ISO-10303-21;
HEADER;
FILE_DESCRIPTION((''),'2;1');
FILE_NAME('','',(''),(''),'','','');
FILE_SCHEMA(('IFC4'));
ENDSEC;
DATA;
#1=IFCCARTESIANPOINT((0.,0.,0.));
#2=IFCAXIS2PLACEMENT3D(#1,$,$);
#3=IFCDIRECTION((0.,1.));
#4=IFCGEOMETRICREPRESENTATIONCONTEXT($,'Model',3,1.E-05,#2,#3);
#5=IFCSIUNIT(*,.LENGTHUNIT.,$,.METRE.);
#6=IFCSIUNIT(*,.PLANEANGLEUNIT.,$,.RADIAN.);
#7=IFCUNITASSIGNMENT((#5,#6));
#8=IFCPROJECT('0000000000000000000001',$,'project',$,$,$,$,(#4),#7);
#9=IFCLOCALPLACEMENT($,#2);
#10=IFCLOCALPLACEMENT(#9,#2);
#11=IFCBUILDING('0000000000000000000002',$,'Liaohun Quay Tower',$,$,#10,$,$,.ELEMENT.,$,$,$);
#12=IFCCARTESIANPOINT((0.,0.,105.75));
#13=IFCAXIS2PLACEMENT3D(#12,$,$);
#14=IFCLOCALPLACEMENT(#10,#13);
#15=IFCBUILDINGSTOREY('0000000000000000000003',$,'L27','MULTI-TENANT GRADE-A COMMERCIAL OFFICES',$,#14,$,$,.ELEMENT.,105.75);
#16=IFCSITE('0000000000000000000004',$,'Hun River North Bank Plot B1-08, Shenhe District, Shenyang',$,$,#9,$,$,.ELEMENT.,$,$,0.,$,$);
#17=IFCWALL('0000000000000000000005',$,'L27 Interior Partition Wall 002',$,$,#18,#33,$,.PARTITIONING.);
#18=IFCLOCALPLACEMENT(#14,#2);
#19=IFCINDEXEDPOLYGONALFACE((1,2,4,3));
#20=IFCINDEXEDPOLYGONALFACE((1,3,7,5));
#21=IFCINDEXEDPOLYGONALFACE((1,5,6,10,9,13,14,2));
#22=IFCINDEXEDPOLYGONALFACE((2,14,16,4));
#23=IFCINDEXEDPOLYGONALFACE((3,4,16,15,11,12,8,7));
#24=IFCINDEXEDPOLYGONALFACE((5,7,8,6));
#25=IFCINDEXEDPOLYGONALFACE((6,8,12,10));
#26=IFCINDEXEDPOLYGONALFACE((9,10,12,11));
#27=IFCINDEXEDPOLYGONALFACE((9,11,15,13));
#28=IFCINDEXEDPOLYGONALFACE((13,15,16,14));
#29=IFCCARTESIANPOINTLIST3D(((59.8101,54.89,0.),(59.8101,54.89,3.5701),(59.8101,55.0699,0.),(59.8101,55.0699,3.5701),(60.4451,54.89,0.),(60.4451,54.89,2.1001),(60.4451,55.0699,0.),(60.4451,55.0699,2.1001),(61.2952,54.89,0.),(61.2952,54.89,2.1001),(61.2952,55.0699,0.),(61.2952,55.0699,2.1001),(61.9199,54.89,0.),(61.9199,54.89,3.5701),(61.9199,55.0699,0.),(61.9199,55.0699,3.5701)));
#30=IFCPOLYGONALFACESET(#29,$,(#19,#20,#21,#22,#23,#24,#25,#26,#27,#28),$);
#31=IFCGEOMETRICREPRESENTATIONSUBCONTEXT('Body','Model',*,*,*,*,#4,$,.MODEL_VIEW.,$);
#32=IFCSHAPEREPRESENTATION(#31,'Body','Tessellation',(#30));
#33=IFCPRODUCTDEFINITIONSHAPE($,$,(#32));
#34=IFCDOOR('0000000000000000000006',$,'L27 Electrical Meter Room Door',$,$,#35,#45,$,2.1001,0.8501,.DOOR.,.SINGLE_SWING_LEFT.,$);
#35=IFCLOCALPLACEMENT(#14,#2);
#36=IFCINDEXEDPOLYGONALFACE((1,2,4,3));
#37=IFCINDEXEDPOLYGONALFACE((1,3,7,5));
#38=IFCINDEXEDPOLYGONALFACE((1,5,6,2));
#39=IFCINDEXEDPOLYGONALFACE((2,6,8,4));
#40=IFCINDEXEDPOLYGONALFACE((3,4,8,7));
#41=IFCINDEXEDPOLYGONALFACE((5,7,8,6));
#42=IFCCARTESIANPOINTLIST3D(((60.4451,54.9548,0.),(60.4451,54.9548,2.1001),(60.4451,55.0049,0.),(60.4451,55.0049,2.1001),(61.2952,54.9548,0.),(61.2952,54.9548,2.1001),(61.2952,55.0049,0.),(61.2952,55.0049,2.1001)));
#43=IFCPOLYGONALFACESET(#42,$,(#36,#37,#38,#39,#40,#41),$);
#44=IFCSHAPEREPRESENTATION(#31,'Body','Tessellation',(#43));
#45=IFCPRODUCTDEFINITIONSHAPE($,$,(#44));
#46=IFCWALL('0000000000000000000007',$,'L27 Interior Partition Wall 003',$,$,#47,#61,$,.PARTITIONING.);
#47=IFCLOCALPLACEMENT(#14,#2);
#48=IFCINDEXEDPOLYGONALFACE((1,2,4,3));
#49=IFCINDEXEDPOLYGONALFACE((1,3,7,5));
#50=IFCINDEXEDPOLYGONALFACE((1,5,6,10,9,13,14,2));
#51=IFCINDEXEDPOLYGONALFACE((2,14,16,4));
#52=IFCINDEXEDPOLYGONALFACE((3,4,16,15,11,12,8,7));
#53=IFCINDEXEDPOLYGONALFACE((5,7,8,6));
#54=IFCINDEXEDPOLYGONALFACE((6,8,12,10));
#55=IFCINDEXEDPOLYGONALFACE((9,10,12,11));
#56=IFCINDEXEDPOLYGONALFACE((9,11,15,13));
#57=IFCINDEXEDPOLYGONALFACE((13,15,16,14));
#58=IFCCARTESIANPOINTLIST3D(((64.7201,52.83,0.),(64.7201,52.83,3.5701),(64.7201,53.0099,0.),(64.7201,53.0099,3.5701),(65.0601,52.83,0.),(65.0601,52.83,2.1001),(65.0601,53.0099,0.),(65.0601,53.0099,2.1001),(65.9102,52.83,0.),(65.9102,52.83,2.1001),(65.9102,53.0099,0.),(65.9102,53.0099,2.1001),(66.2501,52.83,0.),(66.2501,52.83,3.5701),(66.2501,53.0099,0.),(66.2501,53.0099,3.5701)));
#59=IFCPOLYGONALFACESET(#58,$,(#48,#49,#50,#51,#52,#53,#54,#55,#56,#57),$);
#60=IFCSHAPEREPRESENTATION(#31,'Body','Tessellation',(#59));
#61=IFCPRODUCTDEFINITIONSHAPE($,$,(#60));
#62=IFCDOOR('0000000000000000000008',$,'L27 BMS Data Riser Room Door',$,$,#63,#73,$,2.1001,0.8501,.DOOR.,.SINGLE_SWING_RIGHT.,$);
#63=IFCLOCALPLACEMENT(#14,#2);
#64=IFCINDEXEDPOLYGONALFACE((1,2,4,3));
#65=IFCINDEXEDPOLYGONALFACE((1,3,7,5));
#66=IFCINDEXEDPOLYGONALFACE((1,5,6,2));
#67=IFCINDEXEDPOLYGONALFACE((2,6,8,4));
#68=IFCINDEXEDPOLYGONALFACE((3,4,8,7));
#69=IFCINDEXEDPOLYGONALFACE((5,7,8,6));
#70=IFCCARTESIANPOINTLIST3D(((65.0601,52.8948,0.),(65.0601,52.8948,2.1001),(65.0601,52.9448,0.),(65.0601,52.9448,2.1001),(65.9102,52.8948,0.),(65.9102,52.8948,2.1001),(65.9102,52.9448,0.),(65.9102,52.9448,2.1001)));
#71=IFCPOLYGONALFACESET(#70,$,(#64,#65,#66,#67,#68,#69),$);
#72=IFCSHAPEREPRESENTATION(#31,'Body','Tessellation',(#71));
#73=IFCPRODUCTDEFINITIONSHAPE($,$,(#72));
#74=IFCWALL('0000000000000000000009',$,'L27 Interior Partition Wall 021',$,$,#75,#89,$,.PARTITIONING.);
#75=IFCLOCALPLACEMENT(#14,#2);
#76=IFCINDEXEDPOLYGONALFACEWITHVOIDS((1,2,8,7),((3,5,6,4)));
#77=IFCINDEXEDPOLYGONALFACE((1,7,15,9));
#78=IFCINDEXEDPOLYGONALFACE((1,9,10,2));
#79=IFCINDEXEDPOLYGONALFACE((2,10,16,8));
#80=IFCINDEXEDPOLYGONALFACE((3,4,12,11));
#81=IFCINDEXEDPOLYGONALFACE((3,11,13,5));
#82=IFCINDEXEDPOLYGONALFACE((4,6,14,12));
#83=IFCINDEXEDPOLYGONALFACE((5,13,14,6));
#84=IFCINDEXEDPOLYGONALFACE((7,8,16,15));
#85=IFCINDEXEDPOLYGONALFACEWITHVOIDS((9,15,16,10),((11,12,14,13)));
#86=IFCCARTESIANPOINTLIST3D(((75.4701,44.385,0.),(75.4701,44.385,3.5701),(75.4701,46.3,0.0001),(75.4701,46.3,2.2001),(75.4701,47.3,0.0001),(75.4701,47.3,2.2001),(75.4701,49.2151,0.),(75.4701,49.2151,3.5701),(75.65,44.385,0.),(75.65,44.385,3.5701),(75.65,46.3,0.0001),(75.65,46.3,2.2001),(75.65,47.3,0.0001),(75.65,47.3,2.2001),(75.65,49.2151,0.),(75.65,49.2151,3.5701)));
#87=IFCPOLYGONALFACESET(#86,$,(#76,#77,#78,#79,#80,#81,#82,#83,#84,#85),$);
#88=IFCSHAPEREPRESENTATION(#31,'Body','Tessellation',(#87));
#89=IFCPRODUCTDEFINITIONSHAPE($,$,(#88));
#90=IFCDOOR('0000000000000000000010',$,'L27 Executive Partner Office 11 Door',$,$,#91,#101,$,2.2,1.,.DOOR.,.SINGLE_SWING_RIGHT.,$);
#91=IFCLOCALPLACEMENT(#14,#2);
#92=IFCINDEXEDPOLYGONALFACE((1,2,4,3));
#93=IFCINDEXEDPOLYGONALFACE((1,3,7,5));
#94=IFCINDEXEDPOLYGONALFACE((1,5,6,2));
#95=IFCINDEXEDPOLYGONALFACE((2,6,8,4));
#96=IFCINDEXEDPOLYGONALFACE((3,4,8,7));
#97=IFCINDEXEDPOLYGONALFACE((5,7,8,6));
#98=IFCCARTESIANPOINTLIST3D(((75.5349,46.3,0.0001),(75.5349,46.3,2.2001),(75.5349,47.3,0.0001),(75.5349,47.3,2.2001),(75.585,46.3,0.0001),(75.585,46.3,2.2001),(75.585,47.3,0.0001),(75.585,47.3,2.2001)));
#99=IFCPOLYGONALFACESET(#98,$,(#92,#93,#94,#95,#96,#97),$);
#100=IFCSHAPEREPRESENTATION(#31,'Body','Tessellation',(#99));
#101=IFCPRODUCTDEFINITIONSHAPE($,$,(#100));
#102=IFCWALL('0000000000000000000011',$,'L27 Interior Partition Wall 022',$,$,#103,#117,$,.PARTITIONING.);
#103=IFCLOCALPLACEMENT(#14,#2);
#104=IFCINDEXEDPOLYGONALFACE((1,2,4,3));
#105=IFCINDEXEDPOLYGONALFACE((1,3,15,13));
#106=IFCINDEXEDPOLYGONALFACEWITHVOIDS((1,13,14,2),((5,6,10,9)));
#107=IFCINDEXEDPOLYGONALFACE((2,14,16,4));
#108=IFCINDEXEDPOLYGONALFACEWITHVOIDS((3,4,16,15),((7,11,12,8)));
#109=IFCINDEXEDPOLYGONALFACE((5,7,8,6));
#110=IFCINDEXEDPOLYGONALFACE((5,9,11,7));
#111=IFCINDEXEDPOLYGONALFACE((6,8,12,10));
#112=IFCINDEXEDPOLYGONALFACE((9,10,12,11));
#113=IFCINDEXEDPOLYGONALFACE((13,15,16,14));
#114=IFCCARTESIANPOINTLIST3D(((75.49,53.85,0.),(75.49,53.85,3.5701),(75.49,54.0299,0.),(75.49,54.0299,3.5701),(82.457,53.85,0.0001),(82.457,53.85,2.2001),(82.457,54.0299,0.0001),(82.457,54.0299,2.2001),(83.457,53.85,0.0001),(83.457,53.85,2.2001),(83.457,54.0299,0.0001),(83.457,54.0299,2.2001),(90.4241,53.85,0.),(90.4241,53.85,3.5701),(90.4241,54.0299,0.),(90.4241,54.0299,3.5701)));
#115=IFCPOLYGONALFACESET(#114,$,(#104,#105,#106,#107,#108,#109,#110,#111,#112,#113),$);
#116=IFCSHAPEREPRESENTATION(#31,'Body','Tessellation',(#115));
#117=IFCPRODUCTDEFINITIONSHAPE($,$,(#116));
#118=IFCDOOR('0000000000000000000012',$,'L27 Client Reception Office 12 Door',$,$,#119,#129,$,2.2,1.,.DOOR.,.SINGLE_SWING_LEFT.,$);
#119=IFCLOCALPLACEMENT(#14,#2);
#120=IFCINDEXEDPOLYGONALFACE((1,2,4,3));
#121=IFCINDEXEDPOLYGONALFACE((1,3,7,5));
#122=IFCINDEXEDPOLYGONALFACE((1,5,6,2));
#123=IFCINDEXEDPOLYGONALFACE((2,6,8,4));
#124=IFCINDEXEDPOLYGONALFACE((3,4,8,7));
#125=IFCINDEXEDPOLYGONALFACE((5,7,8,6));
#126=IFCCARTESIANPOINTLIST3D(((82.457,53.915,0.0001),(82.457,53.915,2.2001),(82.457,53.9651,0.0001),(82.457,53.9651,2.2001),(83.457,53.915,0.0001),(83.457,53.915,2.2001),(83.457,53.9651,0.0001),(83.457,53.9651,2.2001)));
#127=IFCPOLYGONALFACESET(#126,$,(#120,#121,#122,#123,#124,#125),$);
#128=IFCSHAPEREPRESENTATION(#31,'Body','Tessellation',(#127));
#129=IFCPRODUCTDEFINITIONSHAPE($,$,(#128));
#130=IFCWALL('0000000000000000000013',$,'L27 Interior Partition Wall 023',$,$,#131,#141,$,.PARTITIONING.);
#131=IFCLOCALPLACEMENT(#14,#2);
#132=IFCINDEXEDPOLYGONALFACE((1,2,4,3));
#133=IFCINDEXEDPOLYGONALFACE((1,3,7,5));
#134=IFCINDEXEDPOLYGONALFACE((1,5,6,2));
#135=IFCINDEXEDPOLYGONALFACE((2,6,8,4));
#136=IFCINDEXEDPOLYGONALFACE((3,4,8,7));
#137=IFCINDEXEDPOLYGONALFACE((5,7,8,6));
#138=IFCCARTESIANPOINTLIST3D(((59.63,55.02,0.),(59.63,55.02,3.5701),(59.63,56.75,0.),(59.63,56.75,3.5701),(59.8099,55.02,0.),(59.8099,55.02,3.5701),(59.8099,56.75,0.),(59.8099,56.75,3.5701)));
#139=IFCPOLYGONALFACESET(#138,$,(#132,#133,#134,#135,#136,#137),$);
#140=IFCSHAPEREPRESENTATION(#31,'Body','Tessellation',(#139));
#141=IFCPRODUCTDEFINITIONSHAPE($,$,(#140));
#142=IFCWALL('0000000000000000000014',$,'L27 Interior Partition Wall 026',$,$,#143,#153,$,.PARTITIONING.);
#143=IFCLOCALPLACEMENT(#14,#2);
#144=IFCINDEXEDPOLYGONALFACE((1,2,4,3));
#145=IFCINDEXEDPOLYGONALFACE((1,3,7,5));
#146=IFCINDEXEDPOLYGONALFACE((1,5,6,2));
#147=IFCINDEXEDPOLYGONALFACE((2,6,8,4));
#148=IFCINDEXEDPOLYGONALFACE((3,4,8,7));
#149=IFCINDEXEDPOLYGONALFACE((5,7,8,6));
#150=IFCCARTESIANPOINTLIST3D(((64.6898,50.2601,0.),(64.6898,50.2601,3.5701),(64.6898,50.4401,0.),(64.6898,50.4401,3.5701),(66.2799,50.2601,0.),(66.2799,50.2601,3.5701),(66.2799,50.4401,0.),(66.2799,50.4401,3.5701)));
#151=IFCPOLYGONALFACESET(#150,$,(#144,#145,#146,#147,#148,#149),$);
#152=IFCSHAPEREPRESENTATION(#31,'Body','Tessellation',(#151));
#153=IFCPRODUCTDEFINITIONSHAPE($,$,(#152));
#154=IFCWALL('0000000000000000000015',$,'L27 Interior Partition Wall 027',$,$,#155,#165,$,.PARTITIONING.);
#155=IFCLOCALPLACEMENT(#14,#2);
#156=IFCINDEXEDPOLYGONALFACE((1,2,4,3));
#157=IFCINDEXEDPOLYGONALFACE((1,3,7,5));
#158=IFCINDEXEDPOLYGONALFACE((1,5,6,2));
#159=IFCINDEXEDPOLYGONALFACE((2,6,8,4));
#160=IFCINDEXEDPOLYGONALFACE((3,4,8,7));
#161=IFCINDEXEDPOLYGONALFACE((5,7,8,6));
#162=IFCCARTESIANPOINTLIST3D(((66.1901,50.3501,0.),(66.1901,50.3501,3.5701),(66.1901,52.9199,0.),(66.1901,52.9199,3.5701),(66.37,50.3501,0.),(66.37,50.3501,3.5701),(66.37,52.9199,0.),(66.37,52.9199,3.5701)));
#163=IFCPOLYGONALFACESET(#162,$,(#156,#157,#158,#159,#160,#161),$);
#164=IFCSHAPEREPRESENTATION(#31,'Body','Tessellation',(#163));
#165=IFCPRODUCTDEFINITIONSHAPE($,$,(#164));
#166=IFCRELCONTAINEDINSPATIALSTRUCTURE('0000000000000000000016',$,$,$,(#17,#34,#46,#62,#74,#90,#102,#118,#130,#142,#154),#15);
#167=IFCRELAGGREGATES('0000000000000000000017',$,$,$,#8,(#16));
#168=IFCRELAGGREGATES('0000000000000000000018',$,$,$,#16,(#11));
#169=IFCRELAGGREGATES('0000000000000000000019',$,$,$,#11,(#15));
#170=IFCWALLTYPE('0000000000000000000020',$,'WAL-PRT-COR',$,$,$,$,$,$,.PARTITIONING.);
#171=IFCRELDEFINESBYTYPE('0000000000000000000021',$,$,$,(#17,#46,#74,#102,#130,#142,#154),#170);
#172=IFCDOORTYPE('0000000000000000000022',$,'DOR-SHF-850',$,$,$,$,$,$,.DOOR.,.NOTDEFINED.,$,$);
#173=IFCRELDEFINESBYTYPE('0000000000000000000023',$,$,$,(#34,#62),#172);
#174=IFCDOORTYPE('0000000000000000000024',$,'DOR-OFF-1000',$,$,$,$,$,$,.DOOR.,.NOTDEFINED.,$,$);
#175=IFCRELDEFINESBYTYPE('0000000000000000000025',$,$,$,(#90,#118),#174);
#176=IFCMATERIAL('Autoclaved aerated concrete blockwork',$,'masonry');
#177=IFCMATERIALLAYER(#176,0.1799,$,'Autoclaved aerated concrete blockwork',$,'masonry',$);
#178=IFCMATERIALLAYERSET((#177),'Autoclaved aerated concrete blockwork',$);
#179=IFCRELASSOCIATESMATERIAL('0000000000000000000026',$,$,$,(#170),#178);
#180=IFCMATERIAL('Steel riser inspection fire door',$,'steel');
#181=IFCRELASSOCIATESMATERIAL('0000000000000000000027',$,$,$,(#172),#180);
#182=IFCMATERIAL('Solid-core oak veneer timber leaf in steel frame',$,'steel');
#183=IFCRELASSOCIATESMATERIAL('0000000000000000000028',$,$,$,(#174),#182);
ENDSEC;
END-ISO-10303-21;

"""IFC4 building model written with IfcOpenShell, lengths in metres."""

from ifc_helpers import new_model, si_unit, direction, frame, frame_2d, origin, place, context, subcontext, project, spatial, rectangle, extrude, source, transform, mapped, material, layer, layer_set, type_object, element, fill, save


model = new_model("IFC4")

# Units and contexts
model_context = context("Model", 3, precision=1e-05, world=origin(), true_north=direction((0.0, 1.0)))
body_context = subcontext(model_context, "Body", "Model", "MODEL_VIEW")
ifc_project = project(units=[si_unit("LENGTHUNIT", "METRE"), si_unit("PLANEANGLEUNIT", "RADIAN")], contexts=[model_context])

# Site, building, storey
site_placement = place(None, origin())
site = spatial("IfcSite", under=ifc_project, at=site_placement, Name="Hun River North Bank Plot B1-08, Shenhe District, Shenyang", CompositionType="ELEMENT", RefElevation=0.0)
building_placement = place(site_placement, origin())
building = spatial("IfcBuilding", under=site, at=building_placement, Name="Liaohun Quay Tower", CompositionType="ELEMENT")
storey_placement = place(building_placement, frame((0.0, 0.0, 105.75)))
storey = spatial("IfcBuildingStorey", under=building, at=storey_placement, Name="L27", Description="MULTI-TENANT GRADE-A COMMERCIAL OFFICES", CompositionType="ELEMENT", Elevation=105.75)

# Walls, openings, doors
ifc_material_1 = material(Name="Autoclaved aerated concrete blockwork", Category="masonry")
ifc_layer_1 = layer(ifc_material_1, 0.1799, Name="Autoclaved aerated concrete blockwork", Category="masonry")
ifc_layer_set_1 = layer_set([ifc_layer_1], Name="Autoclaved aerated concrete blockwork")
wall_type_1 = type_object("IfcWallType", Name="WAL-PRT-COR", PredefinedType="PARTITIONING", material=ifc_layer_set_1)
wall_1_placement = place(storey_placement, frame((59.8101, 54.98, 0.0), z_axis=(0.0, 0.0, 1.0), x_axis=(1.0, 0.0, 0.0)))
wall_1 = element("IfcWall", 1, at=wall_1_placement, inside=storey, type_object=wall_type_1, Name="L27 Interior Partition Wall 002", PredefinedType="PARTITIONING", context=body_context, shape_type="SweptSolid", body=[
    extrude(rectangle(XDim=2.1099, YDim=0.1799, at=frame_2d((1.0549, 0.0))), origin(), (0.0, 0.0, 1.0), 3.5701),
])
shared_shape_1 = source(origin(), body_context, "Body", "SweptSolid", [
    extrude(rectangle(XDim=0.8501, YDim=2.1001, at=frame_2d((0.425, 1.05))), frame((0.0, 0.0999, 0.0), z_axis=(0.0, -1.0, 0.0), x_axis=(1.0, 0.0, 0.0)), (0.0, 0.0, 1.0), 0.2),
])
opening_1_placement = place(wall_1_placement, frame((0.635, 0.0, 0.0)))
opening_1 = element("IfcOpeningElement", 2, at=opening_1_placement, cuts=wall_1, PredefinedType="OPENING", context=body_context, shape_type="MappedRepresentation", body=[
    mapped(shared_shape_1, transform((0.0, 0.0, 0.0), x_axis=(1.0, 0.0, 0.0), y_axis=(0.0, 1.0, 0.0), z_axis=(0.0, 0.0, 1.0), scale=1.0)),
])
ifc_material_2 = material(Name="Steel riser inspection fire door", Category="steel")
door_type_1 = type_object("IfcDoorType", Name="DOR-SHF-850", OperationType="NOTDEFINED", PredefinedType="DOOR", material=ifc_material_2)
shared_shape_2 = source(origin(), body_context, "Body", "SweptSolid", [
    extrude(rectangle(XDim=0.8501, YDim=2.1001, at=frame_2d((0.425, 1.05))), frame((0.0, 0.0249, 0.0), z_axis=(0.0, -1.0, 0.0), x_axis=(1.0, 0.0, 0.0)), (0.0, 0.0, 1.0), 0.05),
])
door_1_placement = place(opening_1_placement, origin())
door_1 = element("IfcDoor", 3, at=door_1_placement, inside=storey, type_object=door_type_1, Name="L27 Electrical Meter Room Door", OperationType="SINGLE_SWING_LEFT", OverallHeight=2.1001, OverallWidth=0.8501, PredefinedType="DOOR", context=body_context, shape_type="MappedRepresentation", body=[
    mapped(shared_shape_2, transform((0.0, 0.0, 0.0), x_axis=(1.0, 0.0, 0.0), y_axis=(0.0, 1.0, 0.0), z_axis=(0.0, 0.0, 1.0), scale=1.0)),
])
fill(opening_1, door_1)
wall_2_placement = place(storey_placement, frame((64.72, 52.9199, 0.0), z_axis=(0.0, 0.0, 1.0), x_axis=(1.0, 0.0, 0.0)))
wall_2 = element("IfcWall", 4, at=wall_2_placement, inside=storey, type_object=wall_type_1, Name="L27 Interior Partition Wall 003", PredefinedType="PARTITIONING", context=body_context, shape_type="SweptSolid", body=[
    extrude(rectangle(XDim=1.53, YDim=0.1799, at=frame_2d((0.7651, 0.0))), origin(), (0.0, 0.0, 1.0), 3.5701),
])
opening_2_placement = place(wall_2_placement, frame((0.3401, 0.0, 0.0)))
opening_2 = element("IfcOpeningElement", 5, at=opening_2_placement, cuts=wall_2, PredefinedType="OPENING", context=body_context, shape_type="MappedRepresentation", body=[
    mapped(shared_shape_1, transform((0.0, 0.0, 0.0), x_axis=(1.0, 0.0, 0.0), y_axis=(0.0, 1.0, 0.0), z_axis=(0.0, 0.0, 1.0), scale=1.0)),
])
door_2_placement = place(opening_2_placement, origin())
door_2 = element("IfcDoor", 6, at=door_2_placement, inside=storey, type_object=door_type_1, Name="L27 BMS Data Riser Room Door", OperationType="SINGLE_SWING_RIGHT", OverallHeight=2.1001, OverallWidth=0.8501, PredefinedType="DOOR", context=body_context, shape_type="MappedRepresentation", body=[
    mapped(shared_shape_2, transform((0.0, 0.0, 0.0), x_axis=(1.0, 0.0, 0.0), y_axis=(0.0, 1.0, 0.0), z_axis=(0.0, 0.0, 1.0), scale=1.0)),
])
fill(opening_2, door_2)
wall_3_placement = place(storey_placement, frame((75.5601, 49.2151, 0.0), z_axis=(0.0, 0.0, 1.0), x_axis=(0.0, -1.0, 0.0)))
wall_3 = element("IfcWall", 7, at=wall_3_placement, inside=storey, type_object=wall_type_1, Name="L27 Interior Partition Wall 021", PredefinedType="PARTITIONING", context=body_context, shape_type="SweptSolid", body=[
    extrude(rectangle(XDim=4.8301, YDim=0.1799, at=frame_2d((2.415, 0.0))), origin(), (0.0, 0.0, 1.0), 3.5701),
])
shared_shape_3 = source(origin(), body_context, "Body", "SweptSolid", [
    extrude(rectangle(XDim=1.0, YDim=2.2, at=frame_2d((0.5, 1.1001))), frame((0.0, 0.0999, 0.0), z_axis=(0.0, -1.0, 0.0), x_axis=(1.0, 0.0, 0.0)), (0.0, 0.0, 1.0), 0.2),
])
opening_3_placement = place(wall_3_placement, frame((1.915, 0.0, 0.0)))
opening_3 = element("IfcOpeningElement", 8, at=opening_3_placement, cuts=wall_3, PredefinedType="OPENING", context=body_context, shape_type="MappedRepresentation", body=[
    mapped(shared_shape_3, transform((0.0, 0.0, 0.0), x_axis=(1.0, 0.0, 0.0), y_axis=(0.0, 1.0, 0.0), z_axis=(0.0, 0.0, 1.0), scale=1.0)),
])
ifc_material_3 = material(Name="Solid-core oak veneer timber leaf in steel frame", Category="steel")
door_type_2 = type_object("IfcDoorType", Name="DOR-OFF-1000", OperationType="NOTDEFINED", PredefinedType="DOOR", material=ifc_material_3)
shared_shape_4 = source(origin(), body_context, "Body", "SweptSolid", [
    extrude(rectangle(XDim=1.0, YDim=2.2, at=frame_2d((0.5, 1.1001))), frame((0.0, 0.0249, 0.0), z_axis=(0.0, -1.0, 0.0), x_axis=(1.0, 0.0, 0.0)), (0.0, 0.0, 1.0), 0.05),
])
door_3_placement = place(opening_3_placement, origin())
door_3 = element("IfcDoor", 9, at=door_3_placement, inside=storey, type_object=door_type_2, Name="L27 Executive Partner Office 11 Door", OperationType="SINGLE_SWING_RIGHT", OverallHeight=2.2, OverallWidth=1.0, PredefinedType="DOOR", context=body_context, shape_type="MappedRepresentation", body=[
    mapped(shared_shape_4, transform((0.0, 0.0, 0.0), x_axis=(1.0, 0.0, 0.0), y_axis=(0.0, 1.0, 0.0), z_axis=(0.0, 0.0, 1.0), scale=1.0)),
])
fill(opening_3, door_3)
wall_4_placement = place(storey_placement, frame((90.4241, 53.9399, 0.0), z_axis=(0.0, 0.0, 1.0), x_axis=(-1.0, 0.0, 0.0)))
wall_4 = element("IfcWall", 10, at=wall_4_placement, inside=storey, type_object=wall_type_1, Name="L27 Interior Partition Wall 022", PredefinedType="PARTITIONING", context=body_context, shape_type="SweptSolid", body=[
    extrude(rectangle(XDim=14.9341, YDim=0.1799, at=frame_2d((7.467, 0.0))), origin(), (0.0, 0.0, 1.0), 3.5701),
])
opening_4_placement = place(wall_4_placement, frame((6.967, 0.0, 0.0)))
opening_4 = element("IfcOpeningElement", 11, at=opening_4_placement, cuts=wall_4, PredefinedType="OPENING", context=body_context, shape_type="MappedRepresentation", body=[
    mapped(shared_shape_3, transform((0.0, 0.0, 0.0), x_axis=(1.0, 0.0, 0.0), y_axis=(0.0, 1.0, 0.0), z_axis=(0.0, 0.0, 1.0), scale=1.0)),
])
door_4_placement = place(opening_4_placement, origin())
door_4 = element("IfcDoor", 12, at=door_4_placement, inside=storey, type_object=door_type_2, Name="L27 Client Reception Office 12 Door", OperationType="SINGLE_SWING_LEFT", OverallHeight=2.2, OverallWidth=1.0, PredefinedType="DOOR", context=body_context, shape_type="MappedRepresentation", body=[
    mapped(shared_shape_4, transform((0.0, 0.0, 0.0), x_axis=(1.0, 0.0, 0.0), y_axis=(0.0, 1.0, 0.0), z_axis=(0.0, 0.0, 1.0), scale=1.0)),
])
fill(opening_4, door_4)

# Walls
wall_5_placement = place(storey_placement, frame((59.72, 55.02, 0.0), z_axis=(0.0, 0.0, 1.0), x_axis=(0.0, 1.0, 0.0)))
element("IfcWall", 13, at=wall_5_placement, inside=storey, type_object=wall_type_1, Name="L27 Interior Partition Wall 023", PredefinedType="PARTITIONING", context=body_context, shape_type="SweptSolid", body=[
    extrude(rectangle(XDim=1.73, YDim=0.1799, at=frame_2d((0.865, 0.0))), origin(), (0.0, 0.0, 1.0), 3.5701),
])
wall_6_placement = place(storey_placement, frame((64.6899, 50.3501, 0.0), z_axis=(0.0, 0.0, 1.0), x_axis=(1.0, 0.0, 0.0)))
element("IfcWall", 14, at=wall_6_placement, inside=storey, type_object=wall_type_1, Name="L27 Interior Partition Wall 026", PredefinedType="PARTITIONING", context=body_context, shape_type="SweptSolid", body=[
    extrude(rectangle(XDim=1.5901, YDim=0.1799, at=frame_2d((0.7949, 0.0))), origin(), (0.0, 0.0, 1.0), 3.5701),
])
wall_7_placement = place(storey_placement, frame((66.28, 50.3501, 0.0), z_axis=(0.0, 0.0, 1.0), x_axis=(0.0, 1.0, 0.0)))
element("IfcWall", 15, at=wall_7_placement, inside=storey, type_object=wall_type_1, Name="L27 Interior Partition Wall 027", PredefinedType="PARTITIONING", context=body_context, shape_type="SweptSolid", body=[
    extrude(rectangle(XDim=2.5698, YDim=0.1799, at=frame_2d((1.2849, 0.0))), origin(), (0.0, 0.0, 1.0), 3.5701),
])

save(model, "model.ifc")
